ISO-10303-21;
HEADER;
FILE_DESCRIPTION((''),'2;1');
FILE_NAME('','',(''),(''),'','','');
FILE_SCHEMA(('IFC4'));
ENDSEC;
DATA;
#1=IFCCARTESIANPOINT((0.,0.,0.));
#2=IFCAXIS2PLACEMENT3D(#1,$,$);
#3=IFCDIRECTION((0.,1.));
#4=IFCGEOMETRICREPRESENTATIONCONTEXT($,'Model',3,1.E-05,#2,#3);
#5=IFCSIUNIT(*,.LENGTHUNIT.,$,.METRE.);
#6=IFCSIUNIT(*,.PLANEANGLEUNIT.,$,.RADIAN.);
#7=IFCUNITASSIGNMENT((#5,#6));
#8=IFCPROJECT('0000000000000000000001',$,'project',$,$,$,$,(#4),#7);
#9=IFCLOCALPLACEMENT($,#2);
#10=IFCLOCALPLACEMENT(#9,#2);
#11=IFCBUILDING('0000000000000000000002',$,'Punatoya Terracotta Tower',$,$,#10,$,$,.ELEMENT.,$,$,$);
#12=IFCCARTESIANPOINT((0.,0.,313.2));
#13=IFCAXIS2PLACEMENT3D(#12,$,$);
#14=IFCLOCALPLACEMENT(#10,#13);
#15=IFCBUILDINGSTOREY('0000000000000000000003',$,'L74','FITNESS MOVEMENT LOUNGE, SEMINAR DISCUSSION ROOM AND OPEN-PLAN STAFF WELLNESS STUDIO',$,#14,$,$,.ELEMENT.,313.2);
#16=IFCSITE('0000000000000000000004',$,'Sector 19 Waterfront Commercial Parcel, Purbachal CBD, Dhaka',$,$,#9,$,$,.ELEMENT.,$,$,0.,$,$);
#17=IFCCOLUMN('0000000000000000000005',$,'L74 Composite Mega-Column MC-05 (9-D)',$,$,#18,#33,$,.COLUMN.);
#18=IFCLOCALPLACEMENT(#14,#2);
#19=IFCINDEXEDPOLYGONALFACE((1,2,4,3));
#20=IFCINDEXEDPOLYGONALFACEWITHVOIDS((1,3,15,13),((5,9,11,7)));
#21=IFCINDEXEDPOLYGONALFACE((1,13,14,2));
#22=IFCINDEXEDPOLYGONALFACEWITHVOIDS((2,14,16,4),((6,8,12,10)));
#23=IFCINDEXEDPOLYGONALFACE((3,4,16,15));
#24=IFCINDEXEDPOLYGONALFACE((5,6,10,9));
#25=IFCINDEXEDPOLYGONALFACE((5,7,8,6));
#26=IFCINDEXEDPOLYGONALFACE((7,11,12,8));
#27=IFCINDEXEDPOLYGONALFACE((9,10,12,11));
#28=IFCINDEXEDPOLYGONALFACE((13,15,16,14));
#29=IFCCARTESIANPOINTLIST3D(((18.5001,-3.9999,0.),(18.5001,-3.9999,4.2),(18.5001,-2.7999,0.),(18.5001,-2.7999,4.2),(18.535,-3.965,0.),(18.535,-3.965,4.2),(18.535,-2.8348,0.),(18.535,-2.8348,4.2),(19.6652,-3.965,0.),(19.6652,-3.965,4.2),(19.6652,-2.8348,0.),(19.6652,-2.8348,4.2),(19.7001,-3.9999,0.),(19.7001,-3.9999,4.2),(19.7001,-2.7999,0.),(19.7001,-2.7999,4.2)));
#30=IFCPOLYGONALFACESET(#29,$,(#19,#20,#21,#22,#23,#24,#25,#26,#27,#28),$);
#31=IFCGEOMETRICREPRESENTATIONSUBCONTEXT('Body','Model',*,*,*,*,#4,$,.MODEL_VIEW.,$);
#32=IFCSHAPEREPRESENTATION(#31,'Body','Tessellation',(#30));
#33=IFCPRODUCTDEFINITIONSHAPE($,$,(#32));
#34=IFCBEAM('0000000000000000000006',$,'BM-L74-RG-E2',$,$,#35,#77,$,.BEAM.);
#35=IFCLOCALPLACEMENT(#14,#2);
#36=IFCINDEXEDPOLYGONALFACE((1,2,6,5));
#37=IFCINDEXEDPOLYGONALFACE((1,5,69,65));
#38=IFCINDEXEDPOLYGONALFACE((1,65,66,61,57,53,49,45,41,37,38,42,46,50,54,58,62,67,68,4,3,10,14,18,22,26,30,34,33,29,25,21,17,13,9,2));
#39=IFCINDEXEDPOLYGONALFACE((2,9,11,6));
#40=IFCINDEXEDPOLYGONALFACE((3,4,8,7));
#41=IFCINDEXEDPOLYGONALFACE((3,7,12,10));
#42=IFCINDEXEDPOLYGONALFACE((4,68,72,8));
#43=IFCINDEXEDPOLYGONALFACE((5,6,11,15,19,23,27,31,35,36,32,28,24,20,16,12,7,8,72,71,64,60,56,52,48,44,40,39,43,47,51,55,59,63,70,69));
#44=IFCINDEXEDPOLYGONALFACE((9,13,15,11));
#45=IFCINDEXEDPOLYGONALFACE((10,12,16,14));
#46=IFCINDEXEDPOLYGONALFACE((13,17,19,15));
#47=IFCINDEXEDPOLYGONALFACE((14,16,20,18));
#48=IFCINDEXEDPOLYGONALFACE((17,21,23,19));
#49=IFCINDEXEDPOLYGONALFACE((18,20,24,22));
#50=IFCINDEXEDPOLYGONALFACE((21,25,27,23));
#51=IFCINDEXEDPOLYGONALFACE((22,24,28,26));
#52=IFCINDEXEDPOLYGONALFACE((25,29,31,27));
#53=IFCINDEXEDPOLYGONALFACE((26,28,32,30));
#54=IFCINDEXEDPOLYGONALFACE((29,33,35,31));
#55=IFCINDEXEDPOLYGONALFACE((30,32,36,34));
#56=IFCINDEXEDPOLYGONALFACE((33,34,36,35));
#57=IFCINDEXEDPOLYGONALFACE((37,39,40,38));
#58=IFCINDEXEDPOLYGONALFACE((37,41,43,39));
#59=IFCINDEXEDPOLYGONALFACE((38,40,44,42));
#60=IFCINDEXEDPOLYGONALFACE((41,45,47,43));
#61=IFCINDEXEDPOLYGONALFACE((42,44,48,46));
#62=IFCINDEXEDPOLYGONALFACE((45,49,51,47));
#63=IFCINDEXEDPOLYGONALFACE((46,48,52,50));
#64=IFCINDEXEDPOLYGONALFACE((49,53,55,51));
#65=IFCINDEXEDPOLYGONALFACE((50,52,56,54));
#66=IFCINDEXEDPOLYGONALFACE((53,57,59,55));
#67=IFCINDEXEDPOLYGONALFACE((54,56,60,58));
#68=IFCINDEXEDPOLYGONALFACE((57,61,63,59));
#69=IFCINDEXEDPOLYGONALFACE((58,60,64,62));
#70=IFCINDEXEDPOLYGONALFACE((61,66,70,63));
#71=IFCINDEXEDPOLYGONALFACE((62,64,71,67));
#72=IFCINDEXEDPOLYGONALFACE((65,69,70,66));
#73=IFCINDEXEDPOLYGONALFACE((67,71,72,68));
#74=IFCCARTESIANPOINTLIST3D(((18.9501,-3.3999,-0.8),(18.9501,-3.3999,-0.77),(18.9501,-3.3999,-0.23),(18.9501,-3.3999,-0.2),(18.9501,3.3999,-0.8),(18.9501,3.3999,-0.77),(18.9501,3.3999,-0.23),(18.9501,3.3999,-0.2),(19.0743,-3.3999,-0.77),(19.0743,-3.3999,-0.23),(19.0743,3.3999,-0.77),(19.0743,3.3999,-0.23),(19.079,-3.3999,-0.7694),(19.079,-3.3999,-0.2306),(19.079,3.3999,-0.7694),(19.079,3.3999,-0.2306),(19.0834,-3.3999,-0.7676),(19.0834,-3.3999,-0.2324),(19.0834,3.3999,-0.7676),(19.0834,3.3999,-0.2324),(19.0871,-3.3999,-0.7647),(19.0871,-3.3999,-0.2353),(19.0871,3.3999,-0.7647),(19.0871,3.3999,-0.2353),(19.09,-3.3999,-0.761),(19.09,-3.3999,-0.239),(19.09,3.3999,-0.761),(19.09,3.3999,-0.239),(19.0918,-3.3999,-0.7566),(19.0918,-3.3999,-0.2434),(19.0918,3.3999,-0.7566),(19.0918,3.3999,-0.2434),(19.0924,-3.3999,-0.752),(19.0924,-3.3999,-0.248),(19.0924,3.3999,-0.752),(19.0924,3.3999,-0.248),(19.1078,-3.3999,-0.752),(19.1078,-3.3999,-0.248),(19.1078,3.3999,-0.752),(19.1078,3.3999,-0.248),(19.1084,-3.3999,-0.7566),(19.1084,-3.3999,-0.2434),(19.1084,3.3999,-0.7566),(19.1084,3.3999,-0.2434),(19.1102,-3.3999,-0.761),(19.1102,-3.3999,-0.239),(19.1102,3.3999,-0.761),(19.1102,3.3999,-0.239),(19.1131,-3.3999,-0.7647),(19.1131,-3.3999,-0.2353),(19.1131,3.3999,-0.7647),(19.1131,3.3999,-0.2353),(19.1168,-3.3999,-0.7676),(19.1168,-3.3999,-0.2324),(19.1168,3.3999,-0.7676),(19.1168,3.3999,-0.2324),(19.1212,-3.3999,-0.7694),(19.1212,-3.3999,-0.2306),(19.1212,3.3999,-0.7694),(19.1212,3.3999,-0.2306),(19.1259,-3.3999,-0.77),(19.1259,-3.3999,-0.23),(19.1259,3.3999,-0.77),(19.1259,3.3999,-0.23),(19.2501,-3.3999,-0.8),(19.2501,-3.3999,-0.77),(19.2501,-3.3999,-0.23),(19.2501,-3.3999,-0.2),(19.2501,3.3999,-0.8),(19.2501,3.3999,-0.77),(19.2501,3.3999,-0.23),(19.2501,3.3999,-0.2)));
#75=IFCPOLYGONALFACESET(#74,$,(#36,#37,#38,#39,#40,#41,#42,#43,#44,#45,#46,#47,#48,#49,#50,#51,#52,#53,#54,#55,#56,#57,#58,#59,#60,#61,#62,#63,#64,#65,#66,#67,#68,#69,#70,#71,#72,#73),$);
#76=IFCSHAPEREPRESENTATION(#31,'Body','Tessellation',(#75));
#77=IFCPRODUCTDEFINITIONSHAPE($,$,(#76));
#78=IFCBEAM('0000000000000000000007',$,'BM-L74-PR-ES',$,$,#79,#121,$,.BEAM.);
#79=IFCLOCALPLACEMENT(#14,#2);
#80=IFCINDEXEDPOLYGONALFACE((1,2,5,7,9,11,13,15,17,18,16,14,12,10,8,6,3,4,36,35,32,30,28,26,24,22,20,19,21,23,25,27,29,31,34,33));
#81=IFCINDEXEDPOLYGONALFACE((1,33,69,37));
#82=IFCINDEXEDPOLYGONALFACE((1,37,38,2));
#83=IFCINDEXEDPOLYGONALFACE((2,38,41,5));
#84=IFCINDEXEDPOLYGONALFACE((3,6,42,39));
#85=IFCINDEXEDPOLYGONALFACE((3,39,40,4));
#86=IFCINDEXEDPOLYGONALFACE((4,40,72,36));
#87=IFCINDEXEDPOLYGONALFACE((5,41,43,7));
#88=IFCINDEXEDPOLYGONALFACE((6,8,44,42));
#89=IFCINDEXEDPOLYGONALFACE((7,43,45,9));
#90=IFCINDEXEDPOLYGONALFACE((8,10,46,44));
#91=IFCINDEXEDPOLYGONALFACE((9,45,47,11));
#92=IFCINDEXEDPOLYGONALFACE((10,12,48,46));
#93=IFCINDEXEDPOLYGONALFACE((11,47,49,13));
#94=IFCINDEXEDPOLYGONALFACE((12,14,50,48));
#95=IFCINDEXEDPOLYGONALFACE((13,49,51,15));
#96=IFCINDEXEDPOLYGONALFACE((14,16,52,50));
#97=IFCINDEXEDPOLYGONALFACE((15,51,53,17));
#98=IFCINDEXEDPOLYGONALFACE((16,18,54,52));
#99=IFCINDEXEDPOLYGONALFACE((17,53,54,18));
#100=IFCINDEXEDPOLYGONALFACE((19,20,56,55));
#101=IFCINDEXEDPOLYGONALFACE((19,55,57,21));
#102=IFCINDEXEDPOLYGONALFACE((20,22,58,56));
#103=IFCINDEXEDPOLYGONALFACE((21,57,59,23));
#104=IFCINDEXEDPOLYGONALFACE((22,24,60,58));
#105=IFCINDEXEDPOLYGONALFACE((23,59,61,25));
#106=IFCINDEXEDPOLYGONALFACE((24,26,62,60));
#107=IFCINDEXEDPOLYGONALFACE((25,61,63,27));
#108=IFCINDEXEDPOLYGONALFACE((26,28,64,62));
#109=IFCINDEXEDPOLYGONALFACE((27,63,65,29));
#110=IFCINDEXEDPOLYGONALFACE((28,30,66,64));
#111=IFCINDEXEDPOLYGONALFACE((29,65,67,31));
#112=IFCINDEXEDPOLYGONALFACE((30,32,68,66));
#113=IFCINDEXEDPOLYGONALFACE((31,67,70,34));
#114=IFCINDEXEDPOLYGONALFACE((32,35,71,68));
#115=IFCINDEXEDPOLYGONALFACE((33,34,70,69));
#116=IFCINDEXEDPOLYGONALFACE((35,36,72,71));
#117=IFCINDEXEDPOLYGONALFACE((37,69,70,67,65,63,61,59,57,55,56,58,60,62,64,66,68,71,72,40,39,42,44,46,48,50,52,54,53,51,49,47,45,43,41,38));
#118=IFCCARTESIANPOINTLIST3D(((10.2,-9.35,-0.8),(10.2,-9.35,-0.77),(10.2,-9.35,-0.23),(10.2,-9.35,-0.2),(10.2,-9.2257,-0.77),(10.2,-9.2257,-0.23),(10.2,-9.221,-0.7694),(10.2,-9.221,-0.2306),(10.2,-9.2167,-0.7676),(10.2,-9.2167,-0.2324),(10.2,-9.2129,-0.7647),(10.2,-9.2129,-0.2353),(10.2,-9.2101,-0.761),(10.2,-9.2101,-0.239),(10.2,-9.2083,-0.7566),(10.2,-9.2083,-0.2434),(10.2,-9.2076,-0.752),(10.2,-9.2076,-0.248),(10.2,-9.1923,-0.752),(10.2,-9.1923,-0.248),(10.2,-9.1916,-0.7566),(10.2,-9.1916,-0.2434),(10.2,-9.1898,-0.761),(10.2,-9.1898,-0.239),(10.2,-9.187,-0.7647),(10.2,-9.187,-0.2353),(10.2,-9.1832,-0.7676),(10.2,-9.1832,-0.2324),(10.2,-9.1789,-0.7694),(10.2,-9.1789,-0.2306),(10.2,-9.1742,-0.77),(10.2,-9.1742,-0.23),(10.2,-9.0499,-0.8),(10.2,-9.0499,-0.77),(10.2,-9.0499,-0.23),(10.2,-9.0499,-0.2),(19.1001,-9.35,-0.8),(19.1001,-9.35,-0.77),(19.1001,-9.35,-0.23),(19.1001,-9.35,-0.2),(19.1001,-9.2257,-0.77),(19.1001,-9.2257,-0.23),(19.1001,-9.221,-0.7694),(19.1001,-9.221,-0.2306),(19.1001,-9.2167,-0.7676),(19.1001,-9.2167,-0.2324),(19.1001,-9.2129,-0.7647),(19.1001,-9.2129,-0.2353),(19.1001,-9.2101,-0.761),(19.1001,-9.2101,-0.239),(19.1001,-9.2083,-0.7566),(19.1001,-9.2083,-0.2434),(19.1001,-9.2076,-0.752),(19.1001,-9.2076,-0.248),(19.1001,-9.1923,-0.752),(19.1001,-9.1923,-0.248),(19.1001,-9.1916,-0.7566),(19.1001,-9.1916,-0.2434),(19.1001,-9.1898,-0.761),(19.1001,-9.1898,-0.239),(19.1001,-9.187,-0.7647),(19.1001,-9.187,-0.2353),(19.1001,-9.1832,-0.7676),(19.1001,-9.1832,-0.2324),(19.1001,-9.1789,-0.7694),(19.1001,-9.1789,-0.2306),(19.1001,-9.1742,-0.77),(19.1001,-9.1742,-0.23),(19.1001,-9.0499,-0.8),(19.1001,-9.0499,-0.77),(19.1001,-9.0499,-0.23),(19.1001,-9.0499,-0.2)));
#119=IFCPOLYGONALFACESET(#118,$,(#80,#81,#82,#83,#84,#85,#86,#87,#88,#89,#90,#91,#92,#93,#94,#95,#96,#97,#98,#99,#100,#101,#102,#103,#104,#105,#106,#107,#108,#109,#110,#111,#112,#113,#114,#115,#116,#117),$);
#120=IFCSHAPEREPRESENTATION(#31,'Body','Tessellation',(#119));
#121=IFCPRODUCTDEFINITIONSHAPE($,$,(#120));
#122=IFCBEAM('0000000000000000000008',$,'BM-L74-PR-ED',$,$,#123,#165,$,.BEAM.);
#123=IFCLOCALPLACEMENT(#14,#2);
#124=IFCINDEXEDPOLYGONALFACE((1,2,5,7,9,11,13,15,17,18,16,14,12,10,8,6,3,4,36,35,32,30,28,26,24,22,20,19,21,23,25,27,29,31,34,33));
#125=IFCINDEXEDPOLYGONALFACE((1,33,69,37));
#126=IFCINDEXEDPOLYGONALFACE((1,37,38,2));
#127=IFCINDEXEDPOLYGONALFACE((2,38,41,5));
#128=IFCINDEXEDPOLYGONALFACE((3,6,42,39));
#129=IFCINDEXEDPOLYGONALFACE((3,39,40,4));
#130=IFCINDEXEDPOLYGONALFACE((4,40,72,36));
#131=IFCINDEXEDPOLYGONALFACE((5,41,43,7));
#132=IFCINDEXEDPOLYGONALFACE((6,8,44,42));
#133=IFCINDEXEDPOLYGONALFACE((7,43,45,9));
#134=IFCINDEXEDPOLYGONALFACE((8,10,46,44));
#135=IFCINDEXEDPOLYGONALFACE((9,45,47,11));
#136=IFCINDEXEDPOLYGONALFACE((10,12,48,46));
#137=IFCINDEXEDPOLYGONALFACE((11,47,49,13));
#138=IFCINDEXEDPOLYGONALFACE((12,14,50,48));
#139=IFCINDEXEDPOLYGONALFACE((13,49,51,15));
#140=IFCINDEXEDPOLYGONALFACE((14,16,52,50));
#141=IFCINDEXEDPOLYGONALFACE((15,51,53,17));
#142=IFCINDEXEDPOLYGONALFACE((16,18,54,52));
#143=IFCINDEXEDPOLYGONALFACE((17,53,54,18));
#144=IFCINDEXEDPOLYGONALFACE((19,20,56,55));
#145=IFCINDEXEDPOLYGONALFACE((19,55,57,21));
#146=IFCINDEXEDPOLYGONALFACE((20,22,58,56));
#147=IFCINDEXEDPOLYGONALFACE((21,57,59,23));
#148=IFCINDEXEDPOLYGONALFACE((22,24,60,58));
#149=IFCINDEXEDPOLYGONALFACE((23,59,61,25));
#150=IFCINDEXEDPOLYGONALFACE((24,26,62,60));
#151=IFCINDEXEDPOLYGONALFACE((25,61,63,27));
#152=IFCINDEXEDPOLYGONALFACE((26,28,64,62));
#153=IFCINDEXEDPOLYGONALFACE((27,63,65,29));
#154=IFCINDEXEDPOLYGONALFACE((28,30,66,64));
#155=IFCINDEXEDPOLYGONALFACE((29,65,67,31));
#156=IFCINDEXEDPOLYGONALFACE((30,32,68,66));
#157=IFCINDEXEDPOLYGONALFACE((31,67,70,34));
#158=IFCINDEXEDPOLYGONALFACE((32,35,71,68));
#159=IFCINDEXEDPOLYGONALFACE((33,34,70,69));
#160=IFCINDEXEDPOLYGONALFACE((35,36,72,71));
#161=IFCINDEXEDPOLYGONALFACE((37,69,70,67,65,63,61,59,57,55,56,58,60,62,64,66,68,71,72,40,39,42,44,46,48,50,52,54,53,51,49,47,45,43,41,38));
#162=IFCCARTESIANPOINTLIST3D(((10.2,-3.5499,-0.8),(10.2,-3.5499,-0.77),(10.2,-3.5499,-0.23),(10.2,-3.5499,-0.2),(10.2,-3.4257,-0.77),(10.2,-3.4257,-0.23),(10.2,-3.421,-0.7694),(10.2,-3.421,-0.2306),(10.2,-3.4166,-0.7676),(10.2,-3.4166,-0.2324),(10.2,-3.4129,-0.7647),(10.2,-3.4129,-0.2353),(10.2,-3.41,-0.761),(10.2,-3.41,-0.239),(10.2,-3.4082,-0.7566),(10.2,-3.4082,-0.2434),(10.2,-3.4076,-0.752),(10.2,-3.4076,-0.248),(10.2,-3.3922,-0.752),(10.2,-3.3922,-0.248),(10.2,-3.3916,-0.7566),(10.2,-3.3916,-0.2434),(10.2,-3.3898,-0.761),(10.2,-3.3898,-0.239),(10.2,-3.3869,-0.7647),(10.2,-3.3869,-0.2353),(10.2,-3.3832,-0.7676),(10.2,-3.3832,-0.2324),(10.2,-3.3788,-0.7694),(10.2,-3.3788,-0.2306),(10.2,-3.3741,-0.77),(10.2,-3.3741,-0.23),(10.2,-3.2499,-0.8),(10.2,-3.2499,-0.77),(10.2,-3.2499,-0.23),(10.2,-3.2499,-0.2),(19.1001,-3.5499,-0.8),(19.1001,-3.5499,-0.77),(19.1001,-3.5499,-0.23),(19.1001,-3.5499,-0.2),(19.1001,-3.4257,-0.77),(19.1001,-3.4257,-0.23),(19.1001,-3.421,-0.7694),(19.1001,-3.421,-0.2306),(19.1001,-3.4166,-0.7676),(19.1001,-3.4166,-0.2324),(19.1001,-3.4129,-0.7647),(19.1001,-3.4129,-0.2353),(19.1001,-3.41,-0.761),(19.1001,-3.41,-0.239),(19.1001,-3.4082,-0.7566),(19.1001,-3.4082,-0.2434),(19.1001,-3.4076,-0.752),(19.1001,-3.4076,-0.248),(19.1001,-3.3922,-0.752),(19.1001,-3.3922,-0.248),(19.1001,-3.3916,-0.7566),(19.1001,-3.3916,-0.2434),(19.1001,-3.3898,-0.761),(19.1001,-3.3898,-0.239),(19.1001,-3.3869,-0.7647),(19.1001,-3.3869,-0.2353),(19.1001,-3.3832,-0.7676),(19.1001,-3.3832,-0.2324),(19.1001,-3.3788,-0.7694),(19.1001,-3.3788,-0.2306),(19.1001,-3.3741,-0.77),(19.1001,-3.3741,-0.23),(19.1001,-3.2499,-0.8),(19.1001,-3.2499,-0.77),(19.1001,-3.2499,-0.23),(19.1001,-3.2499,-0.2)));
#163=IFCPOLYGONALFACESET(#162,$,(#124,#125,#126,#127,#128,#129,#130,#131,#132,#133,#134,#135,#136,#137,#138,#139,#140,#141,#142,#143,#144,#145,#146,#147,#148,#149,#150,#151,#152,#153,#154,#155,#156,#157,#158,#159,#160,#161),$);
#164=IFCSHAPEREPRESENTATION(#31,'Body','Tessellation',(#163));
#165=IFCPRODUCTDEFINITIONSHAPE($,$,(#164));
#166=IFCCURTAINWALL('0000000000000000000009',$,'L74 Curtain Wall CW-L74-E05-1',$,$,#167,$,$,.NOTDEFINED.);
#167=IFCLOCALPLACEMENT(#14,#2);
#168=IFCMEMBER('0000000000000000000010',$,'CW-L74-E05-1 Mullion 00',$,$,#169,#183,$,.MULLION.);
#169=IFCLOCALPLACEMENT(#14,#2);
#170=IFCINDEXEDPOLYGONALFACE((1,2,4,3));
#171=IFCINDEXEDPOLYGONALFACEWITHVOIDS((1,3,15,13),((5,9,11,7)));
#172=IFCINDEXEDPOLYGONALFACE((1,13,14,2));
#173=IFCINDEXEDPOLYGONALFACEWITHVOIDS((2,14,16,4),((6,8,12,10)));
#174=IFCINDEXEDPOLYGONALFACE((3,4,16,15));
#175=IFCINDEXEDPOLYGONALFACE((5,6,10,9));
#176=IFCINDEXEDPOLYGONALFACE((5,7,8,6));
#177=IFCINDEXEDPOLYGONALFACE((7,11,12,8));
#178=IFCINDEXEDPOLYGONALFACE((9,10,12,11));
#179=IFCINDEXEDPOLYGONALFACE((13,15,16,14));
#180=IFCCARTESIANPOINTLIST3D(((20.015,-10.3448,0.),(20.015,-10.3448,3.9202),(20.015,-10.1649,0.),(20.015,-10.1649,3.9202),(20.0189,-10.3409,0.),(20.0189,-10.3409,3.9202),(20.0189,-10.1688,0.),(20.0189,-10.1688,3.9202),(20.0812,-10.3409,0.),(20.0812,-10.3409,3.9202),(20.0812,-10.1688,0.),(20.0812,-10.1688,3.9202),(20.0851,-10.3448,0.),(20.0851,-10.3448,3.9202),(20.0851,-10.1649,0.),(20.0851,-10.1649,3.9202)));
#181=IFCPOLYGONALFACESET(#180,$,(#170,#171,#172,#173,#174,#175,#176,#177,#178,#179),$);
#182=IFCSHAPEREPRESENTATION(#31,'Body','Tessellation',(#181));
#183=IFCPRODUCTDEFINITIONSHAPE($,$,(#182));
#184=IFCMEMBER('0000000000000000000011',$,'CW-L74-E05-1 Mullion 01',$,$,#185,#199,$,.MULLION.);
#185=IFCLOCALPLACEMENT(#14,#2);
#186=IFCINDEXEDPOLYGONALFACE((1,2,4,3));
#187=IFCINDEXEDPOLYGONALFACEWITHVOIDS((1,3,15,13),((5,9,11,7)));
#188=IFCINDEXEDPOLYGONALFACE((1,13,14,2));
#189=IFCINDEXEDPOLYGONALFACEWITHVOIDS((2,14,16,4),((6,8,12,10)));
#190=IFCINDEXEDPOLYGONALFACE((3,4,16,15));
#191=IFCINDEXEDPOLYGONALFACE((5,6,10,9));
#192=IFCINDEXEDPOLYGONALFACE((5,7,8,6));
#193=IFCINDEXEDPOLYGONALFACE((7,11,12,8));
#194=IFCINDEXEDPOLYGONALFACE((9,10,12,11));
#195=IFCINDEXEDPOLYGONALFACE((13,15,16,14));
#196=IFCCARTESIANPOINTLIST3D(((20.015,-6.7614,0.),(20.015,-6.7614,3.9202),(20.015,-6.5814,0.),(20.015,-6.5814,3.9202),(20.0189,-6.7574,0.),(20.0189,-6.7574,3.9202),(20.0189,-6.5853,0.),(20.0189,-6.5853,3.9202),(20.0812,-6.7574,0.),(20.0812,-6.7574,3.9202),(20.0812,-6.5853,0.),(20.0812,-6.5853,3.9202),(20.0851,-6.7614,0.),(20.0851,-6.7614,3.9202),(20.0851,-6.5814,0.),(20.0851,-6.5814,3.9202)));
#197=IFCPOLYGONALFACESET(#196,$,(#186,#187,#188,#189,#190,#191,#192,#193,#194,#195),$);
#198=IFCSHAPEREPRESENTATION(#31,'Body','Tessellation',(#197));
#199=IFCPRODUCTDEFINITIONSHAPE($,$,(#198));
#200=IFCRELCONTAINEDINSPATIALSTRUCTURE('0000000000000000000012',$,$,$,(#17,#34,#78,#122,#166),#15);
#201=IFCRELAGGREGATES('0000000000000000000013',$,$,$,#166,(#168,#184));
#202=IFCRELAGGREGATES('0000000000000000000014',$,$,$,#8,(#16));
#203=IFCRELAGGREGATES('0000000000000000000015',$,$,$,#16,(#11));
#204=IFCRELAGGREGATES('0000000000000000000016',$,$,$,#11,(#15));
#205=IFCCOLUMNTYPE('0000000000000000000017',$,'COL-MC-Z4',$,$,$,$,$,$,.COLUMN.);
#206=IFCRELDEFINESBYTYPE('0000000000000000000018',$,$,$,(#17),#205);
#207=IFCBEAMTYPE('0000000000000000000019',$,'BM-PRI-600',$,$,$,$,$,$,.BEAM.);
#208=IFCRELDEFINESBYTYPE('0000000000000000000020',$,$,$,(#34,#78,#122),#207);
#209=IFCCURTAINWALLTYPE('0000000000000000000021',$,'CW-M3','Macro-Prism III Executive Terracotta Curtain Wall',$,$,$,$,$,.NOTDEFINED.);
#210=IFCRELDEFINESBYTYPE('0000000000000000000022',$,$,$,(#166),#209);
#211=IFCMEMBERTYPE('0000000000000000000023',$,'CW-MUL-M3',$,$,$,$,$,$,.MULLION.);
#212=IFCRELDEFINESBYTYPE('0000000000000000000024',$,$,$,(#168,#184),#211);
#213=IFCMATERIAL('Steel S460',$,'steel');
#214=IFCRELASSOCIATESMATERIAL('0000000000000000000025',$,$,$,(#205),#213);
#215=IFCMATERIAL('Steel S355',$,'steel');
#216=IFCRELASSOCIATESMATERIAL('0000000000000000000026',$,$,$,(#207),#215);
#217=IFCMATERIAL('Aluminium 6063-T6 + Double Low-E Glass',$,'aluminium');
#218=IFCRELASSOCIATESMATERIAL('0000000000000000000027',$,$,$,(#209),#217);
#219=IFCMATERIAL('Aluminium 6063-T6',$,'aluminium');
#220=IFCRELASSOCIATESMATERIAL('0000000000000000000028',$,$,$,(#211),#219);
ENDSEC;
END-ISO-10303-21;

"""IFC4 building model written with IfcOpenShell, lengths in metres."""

from ifc_helpers import new_model, si_unit, direction, frame, origin, origin_2d, place, context, subcontext, project, spatial, hollow_rectangle, i_section, extrude, material, material_profile, profile_set, type_object, element, aggregate, save


model = new_model("IFC4")

# Units and contexts
model_context = context("Model", 3, precision=1e-05, world=origin(), true_north=direction((0.0, 1.0)))
body_context = subcontext(model_context, "Body", "Model", "MODEL_VIEW")
ifc_project = project(units=[si_unit("LENGTHUNIT", "METRE"), si_unit("PLANEANGLEUNIT", "RADIAN")], contexts=[model_context])

# Site, building, storey
site_placement = place(None, origin())
site = spatial("IfcSite", under=ifc_project, at=site_placement, Name="Sector 19 Waterfront Commercial Parcel, Purbachal CBD, Dhaka", CompositionType="ELEMENT", RefElevation=0.0)
building_placement = place(site_placement, origin())
building = spatial("IfcBuilding", under=site, at=building_placement, Name="Punatoya Terracotta Tower", CompositionType="ELEMENT")
storey_placement = place(building_placement, frame((0.0, 0.0, 313.2)))
storey = spatial("IfcBuildingStorey", under=building, at=storey_placement, Name="L74", Description="FITNESS MOVEMENT LOUNGE, SEMINAR DISCUSSION ROOM AND OPEN-PLAN STAFF WELLNESS STUDIO", CompositionType="ELEMENT", Elevation=313.2)

# Column
ifc_material_1 = material(Name="Steel S460", Category="steel")
ifc_material_profile_1 = material_profile(ifc_material_1, hollow_rectangle(XDim=1.2, YDim=1.2, WallThickness=0.0349, at=origin_2d()))
ifc_profile_set_1 = profile_set([ifc_material_profile_1], Name="Steel S460")
column_type = type_object("IfcColumnType", Name="COL-MC-Z4", PredefinedType="COLUMN", material=ifc_profile_set_1)
column_placement = place(storey_placement, frame((19.1001, -3.3999, 0.0), z_axis=(0.0, 0.0, 1.0), x_axis=(1.0, 0.0, 0.0)))
element("IfcColumn", 1, at=column_placement, inside=storey, type_object=column_type, Name="L74 Composite Mega-Column MC-05 (9-D)", PredefinedType="COLUMN", context=body_context, shape_type="SweptSolid", body=[
    extrude(hollow_rectangle(XDim=1.2, YDim=1.2, WallThickness=0.0349, at=origin_2d()), origin(), (0.0, 0.0, 1.0), 4.2),
])

# Beams
ifc_material_2 = material(Name="Steel S355", Category="steel")
ifc_material_profile_2 = material_profile(ifc_material_2, i_section(OverallWidth=0.3, OverallDepth=0.6001, WebThickness=0.0154, FlangeThickness=0.03, FilletRadius=0.0181, at=origin_2d()))
ifc_profile_set_2 = profile_set([ifc_material_profile_2], Name="Steel S355")
beam_type = type_object("IfcBeamType", Name="BM-PRI-600", PredefinedType="BEAM", material=ifc_profile_set_2)
beam_placement = place(storey_placement, frame((19.1001, -3.3999, -0.5), z_axis=(0.0, 1.0, 0.0), x_axis=(-1.0, 0.0, 0.0)))
element("IfcBeam", 2, at=beam_placement, inside=storey, type_object=beam_type, Name="BM-L74-RG-E2", PredefinedType="BEAM", context=body_context, shape_type="SweptSolid", body=[
    extrude(i_section(OverallWidth=0.3, OverallDepth=0.6001, WebThickness=0.0154, FlangeThickness=0.03, FilletRadius=0.0181, at=origin_2d()), origin(), (0.0, 0.0, 1.0), 6.7998),
])
for number, where, z_axis, x_axis, name in (
    (3, (10.2, -9.2, -0.5), (1.0, 0.0, 0.0), (0.0, 1.0, 0.0), "BM-L74-PR-ES"),
    (4, (10.2, -3.3999, -0.5), (1.0, 0.0, 0.0), (0.0, 1.0, 0.0), "BM-L74-PR-ED"),
):
    element("IfcBeam", number, at=place(storey_placement, frame(where, z_axis=z_axis, x_axis=x_axis)), inside=storey, type_object=beam_type, Name=name, PredefinedType="BEAM", context=body_context, shape_type="SweptSolid", body=[
        extrude(i_section(OverallWidth=0.3, OverallDepth=0.6001, WebThickness=0.0154, FlangeThickness=0.03, FilletRadius=0.0181, at=origin_2d()), origin(), (0.0, 0.0, 1.0), 8.9001),
    ])

# Curtain wall, members
ifc_material_3 = material(Name="Aluminium 6063-T6 + Double Low-E Glass", Category="aluminium")
curtain_wall_type = type_object("IfcCurtainWallType", Name="CW-M3", Description="Macro-Prism III Executive Terracotta Curtain Wall", PredefinedType="NOTDEFINED", material=ifc_material_3)
curtain_wall_placement = place(storey_placement, origin())
curtain_wall = element("IfcCurtainWall", 5, at=curtain_wall_placement, inside=storey, type_object=curtain_wall_type, Name="L74 Curtain Wall CW-L74-E05-1", PredefinedType="NOTDEFINED")
ifc_material_4 = material(Name="Aluminium 6063-T6", Category="aluminium")
ifc_material_profile_3 = material_profile(ifc_material_4, hollow_rectangle(XDim=0.0701, YDim=0.1799, WallThickness=0.0039, at=origin_2d()))
ifc_profile_set_3 = profile_set([ifc_material_profile_3], Name="Aluminium 6063-T6")
member_type_1 = type_object("IfcMemberType", Name="CW-MUL-M3", PredefinedType="MULLION", material=ifc_profile_set_3)
member_1_placement = place(storey_placement, frame((20.05, -10.2549, 0.0), z_axis=(0.0, 0.0, 1.0), x_axis=(1.0, 0.0, 0.0)))
member_1 = element("IfcMember", 6, at=member_1_placement, type_object=member_type_1, Name="CW-L74-E05-1 Mullion 00", PredefinedType="MULLION", context=body_context, shape_type="SweptSolid", body=[
    extrude(hollow_rectangle(XDim=0.0701, YDim=0.1799, WallThickness=0.0039, at=origin_2d()), origin(), (0.0, 0.0, 1.0), 3.9202),
])
member_2_placement = place(storey_placement, frame((20.05, -6.6714, 0.0), z_axis=(0.0, 0.0, 1.0), x_axis=(1.0, 0.0, 0.0)))
member_2 = element("IfcMember", 7, at=member_2_placement, type_object=member_type_1, Name="CW-L74-E05-1 Mullion 01", PredefinedType="MULLION", context=body_context, shape_type="SweptSolid", body=[
    extrude(hollow_rectangle(XDim=0.0701, YDim=0.1799, WallThickness=0.0039, at=origin_2d()), origin(), (0.0, 0.0, 1.0), 3.9202),
])
aggregate(curtain_wall, [member_1, member_2])

save(model, "model.ifc")
